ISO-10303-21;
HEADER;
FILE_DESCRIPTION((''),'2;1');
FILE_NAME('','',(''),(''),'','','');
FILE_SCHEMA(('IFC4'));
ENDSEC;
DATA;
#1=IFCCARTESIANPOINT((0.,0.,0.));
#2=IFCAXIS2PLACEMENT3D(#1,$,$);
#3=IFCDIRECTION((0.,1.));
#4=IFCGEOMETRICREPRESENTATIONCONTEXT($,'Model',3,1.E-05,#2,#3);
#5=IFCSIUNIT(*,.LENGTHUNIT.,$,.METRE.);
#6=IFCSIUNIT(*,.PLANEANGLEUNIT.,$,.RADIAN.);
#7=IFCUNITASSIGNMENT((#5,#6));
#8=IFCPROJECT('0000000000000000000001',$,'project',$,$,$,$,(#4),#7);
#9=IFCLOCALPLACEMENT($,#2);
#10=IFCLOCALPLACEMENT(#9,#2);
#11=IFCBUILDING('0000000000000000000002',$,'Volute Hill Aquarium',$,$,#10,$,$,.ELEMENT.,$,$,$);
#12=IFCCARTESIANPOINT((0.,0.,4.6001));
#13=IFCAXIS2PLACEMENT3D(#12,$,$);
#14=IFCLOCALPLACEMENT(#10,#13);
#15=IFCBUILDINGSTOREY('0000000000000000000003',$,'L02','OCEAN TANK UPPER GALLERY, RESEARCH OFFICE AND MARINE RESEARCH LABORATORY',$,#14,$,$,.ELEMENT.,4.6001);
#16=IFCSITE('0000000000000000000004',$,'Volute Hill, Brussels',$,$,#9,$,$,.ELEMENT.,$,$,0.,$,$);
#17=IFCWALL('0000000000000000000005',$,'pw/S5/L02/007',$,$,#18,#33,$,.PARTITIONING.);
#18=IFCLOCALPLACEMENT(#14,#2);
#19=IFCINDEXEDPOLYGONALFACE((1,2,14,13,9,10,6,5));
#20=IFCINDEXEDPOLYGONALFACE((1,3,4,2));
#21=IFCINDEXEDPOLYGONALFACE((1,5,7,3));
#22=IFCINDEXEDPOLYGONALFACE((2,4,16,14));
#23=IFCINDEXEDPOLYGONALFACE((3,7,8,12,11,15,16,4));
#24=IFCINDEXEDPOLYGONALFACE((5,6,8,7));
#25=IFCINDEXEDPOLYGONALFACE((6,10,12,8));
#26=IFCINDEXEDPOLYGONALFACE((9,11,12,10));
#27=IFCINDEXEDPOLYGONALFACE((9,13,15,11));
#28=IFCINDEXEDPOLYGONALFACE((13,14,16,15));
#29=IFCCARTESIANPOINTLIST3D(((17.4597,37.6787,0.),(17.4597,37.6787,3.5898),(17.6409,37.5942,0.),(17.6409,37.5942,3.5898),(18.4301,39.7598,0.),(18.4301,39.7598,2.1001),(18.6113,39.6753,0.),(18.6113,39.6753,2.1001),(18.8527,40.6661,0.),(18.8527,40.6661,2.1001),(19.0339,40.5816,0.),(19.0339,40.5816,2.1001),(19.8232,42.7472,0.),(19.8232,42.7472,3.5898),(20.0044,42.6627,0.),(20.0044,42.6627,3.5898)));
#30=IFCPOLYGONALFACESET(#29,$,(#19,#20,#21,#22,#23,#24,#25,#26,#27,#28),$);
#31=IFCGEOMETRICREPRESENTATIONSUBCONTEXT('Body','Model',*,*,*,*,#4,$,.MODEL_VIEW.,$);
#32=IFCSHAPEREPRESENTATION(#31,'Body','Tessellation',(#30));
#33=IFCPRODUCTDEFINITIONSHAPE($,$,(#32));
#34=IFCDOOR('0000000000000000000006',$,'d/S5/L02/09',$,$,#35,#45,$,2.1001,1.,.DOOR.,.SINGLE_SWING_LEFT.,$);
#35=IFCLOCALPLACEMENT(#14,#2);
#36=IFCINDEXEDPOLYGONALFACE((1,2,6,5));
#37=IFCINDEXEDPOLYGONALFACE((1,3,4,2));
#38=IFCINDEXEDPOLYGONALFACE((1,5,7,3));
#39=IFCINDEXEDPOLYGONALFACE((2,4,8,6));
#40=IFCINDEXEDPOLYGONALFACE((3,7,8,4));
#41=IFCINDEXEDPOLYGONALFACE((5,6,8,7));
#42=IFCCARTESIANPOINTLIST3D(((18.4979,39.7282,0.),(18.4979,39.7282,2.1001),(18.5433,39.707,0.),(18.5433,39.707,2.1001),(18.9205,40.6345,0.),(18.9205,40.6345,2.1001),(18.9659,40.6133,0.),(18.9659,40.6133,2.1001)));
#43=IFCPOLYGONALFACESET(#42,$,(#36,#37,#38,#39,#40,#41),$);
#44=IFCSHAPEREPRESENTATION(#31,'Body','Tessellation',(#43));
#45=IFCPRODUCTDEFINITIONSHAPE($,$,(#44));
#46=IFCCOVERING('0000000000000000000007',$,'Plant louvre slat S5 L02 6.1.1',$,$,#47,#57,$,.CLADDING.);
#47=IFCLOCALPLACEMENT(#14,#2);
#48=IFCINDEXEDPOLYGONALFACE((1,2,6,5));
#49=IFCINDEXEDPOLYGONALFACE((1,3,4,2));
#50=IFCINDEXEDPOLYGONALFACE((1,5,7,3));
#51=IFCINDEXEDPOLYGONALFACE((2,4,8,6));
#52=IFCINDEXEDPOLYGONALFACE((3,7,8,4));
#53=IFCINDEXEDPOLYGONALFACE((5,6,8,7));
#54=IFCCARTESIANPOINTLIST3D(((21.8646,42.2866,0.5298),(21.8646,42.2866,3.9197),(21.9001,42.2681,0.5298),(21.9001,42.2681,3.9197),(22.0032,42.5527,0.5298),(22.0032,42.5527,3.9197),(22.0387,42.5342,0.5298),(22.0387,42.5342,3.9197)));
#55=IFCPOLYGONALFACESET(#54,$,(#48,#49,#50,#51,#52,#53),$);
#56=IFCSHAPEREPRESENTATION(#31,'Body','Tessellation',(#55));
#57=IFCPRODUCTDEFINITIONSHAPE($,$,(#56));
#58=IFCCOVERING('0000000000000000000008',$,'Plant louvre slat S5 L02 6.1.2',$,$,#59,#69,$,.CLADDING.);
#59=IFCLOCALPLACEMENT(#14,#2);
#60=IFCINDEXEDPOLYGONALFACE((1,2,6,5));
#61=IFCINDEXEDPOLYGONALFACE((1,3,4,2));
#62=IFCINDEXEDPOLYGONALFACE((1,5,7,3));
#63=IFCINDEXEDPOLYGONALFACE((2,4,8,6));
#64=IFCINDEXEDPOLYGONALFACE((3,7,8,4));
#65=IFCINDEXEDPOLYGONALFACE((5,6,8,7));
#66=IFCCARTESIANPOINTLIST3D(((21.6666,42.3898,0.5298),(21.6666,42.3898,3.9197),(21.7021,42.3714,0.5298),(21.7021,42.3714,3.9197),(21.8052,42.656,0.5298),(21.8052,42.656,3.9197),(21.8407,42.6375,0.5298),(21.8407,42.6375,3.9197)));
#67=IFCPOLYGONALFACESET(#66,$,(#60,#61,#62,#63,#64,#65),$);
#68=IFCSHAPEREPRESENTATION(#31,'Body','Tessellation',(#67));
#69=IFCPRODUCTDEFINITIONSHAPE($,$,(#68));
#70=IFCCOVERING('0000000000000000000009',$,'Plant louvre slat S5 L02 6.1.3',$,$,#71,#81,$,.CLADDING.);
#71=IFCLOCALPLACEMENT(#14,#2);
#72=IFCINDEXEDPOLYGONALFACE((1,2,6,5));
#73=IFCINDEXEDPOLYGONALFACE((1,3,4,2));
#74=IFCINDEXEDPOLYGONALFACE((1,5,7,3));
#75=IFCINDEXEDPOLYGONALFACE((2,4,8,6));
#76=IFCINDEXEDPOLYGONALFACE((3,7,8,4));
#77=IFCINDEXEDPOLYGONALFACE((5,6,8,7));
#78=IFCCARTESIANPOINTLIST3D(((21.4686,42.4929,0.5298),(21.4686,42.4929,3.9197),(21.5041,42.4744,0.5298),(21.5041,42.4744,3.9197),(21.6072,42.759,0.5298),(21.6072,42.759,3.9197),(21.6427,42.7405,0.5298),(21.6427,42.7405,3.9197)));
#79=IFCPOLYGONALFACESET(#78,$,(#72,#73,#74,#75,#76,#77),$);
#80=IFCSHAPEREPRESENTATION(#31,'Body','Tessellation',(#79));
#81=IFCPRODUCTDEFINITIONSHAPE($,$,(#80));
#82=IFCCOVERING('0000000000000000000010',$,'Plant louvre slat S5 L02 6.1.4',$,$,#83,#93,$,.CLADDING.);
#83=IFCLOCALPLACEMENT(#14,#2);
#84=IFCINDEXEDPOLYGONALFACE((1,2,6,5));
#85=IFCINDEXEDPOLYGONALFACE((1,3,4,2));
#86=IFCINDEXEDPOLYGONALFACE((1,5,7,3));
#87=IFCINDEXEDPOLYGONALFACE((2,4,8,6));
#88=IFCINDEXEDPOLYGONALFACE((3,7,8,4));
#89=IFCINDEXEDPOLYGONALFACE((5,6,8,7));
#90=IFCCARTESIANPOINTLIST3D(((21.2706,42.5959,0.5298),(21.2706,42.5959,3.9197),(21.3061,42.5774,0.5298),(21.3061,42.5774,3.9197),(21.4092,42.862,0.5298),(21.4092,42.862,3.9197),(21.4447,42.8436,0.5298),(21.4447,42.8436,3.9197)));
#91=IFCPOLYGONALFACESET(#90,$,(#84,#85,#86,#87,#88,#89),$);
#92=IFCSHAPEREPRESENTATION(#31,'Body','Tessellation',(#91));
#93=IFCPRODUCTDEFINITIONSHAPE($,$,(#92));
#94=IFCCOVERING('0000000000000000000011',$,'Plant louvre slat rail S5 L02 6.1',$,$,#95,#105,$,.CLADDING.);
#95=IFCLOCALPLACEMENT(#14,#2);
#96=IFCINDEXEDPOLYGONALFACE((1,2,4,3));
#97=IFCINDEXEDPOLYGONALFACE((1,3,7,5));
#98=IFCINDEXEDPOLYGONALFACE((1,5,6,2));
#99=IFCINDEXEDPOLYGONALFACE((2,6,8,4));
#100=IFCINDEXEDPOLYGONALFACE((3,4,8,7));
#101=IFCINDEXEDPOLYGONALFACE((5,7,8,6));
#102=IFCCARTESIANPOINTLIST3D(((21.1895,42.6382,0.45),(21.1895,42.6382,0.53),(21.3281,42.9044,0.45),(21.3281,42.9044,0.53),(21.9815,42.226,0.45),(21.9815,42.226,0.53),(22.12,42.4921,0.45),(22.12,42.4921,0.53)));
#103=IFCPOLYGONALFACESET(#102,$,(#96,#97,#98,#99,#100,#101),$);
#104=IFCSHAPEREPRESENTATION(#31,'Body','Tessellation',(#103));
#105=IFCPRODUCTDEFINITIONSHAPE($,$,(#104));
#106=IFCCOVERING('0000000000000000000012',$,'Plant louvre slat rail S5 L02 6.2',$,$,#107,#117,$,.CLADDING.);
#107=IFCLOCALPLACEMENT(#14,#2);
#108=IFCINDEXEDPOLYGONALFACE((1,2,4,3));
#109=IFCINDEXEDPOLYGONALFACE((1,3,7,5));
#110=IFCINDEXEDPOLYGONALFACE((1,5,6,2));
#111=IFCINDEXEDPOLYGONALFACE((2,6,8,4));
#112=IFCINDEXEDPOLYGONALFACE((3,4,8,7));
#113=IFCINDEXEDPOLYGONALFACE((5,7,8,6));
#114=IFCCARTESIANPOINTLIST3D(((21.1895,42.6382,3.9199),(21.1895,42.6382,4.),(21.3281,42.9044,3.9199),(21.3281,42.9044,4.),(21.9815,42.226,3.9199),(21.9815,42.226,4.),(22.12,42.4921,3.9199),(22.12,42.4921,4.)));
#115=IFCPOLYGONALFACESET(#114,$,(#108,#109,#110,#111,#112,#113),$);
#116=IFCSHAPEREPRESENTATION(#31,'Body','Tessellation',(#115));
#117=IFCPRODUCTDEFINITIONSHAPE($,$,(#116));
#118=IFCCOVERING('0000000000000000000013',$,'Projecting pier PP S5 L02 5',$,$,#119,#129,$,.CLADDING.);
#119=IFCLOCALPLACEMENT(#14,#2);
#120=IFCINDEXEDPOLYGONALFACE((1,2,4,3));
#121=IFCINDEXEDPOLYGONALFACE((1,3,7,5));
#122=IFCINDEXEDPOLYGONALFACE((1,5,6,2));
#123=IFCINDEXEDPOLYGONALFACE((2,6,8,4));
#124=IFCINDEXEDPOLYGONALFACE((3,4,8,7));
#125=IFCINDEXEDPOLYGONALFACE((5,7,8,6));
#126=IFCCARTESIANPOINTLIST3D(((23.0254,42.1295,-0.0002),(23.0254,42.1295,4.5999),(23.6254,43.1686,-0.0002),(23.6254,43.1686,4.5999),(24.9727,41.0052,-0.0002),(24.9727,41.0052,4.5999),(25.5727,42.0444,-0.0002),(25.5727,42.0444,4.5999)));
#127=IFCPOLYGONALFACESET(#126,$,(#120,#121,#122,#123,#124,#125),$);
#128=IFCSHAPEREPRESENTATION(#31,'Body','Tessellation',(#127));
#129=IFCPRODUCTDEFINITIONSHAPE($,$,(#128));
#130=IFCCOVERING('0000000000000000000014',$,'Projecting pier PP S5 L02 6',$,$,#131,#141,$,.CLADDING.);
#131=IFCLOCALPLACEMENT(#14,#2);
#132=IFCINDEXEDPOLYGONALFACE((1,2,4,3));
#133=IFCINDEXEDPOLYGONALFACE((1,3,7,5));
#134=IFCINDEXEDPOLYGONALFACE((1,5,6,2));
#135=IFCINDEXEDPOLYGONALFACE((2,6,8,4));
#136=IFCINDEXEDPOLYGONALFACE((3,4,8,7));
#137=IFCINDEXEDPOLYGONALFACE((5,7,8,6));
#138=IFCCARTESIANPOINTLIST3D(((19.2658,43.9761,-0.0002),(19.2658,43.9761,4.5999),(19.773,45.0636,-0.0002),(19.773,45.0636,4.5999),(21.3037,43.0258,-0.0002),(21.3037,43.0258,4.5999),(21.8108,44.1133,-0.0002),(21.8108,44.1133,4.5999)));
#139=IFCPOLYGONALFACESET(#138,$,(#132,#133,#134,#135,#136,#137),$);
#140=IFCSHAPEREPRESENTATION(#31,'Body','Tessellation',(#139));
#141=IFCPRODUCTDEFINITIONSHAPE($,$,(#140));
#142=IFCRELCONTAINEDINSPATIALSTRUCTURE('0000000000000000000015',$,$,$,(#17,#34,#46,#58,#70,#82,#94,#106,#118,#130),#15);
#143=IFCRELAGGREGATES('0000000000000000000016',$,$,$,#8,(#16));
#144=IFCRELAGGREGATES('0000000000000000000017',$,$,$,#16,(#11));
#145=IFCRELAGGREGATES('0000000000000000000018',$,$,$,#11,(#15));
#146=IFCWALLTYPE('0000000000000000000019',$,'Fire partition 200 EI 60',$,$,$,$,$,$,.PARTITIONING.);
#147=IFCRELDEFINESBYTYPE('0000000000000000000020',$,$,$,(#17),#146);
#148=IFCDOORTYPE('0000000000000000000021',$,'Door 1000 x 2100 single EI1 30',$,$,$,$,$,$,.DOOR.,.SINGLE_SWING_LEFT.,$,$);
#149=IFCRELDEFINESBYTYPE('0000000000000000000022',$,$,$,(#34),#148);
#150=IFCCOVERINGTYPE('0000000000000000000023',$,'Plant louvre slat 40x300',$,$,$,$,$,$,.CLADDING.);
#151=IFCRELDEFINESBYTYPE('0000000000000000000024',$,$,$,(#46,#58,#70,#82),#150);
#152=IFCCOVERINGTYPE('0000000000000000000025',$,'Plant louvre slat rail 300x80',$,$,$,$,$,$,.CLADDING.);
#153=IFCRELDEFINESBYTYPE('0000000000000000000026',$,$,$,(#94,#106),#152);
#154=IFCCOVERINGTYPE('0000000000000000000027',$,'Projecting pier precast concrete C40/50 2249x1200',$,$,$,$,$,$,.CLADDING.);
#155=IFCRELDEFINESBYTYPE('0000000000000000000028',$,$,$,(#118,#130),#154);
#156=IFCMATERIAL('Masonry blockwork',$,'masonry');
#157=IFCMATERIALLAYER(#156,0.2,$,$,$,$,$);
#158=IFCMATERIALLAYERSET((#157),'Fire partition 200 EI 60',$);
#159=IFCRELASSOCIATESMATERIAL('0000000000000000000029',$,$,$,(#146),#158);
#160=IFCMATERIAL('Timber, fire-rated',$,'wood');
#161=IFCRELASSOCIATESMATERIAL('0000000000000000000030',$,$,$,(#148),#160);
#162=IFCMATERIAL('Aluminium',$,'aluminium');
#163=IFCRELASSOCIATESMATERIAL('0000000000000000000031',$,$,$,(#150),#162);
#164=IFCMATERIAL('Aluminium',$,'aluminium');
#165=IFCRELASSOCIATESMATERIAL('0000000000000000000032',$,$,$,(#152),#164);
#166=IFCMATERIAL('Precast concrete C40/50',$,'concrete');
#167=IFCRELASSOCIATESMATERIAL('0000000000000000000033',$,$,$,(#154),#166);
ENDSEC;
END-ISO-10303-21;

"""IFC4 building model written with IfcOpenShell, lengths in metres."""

from ifc_helpers import new_model, si_unit, direction, frame, frame_2d, origin, origin_2d, place, context, subcontext, project, spatial, rectangle, extrude, material, layer, layer_set, type_object, element, fill, save


model = new_model("IFC4")

# Units and contexts
model_context = context("Model", 3, precision=1e-05, world=origin(), true_north=direction((0.0, 1.0)))
body_context = subcontext(model_context, "Body", "Model", "MODEL_VIEW")
ifc_project = project(units=[si_unit("LENGTHUNIT", "METRE"), si_unit("PLANEANGLEUNIT", "RADIAN")], contexts=[model_context])

# Site, building, storey
site_placement = place(None, origin())
site = spatial("IfcSite", under=ifc_project, at=site_placement, Name="Volute Hill, Brussels", CompositionType="ELEMENT", RefElevation=0.0)
building_placement = place(site_placement, origin())
building = spatial("IfcBuilding", under=site, at=building_placement, Name="Volute Hill Aquarium", CompositionType="ELEMENT")
storey_placement = place(building_placement, frame((0.0, 0.0, 4.6001)))
storey = spatial("IfcBuildingStorey", under=building, at=storey_placement, Name="L02", Description="OCEAN TANK UPPER GALLERY, RESEARCH OFFICE AND MARINE RESEARCH LABORATORY", CompositionType="ELEMENT", Elevation=4.6001)

# Wall, opening, door
ifc_material_1 = material(Name="Masonry blockwork", Category="masonry")
ifc_layer_1 = layer(ifc_material_1, 0.2)
ifc_layer_set_1 = layer_set([ifc_layer_1], Name="Fire partition 200 EI 60")
wall_type = type_object("IfcWallType", Name="Fire partition 200 EI 60", PredefinedType="PARTITIONING", material=ifc_layer_set_1)
wall_placement = place(storey_placement, frame((19.9138, 42.7051, 0.0), z_axis=(0.0, 0.0, 1.0), x_axis=(-0.422618, -0.906308, 0.0)))
wall = element("IfcWall", 1, at=wall_placement, inside=storey, type_object=wall_type, Name="pw/S5/L02/007", PredefinedType="PARTITIONING", context=body_context, shape_type="SweptSolid", body=[
    extrude(rectangle(XDim=5.5925, YDim=0.2, at=frame_2d((2.7964, 0.0))), origin(), (0.0, 0.0, 1.0), 3.5898),
])
opening_placement = place(wall_placement, frame((2.2964, 0.0, 0.0)))
opening = element("IfcOpeningElement", 2, at=opening_placement, cuts=wall, PredefinedType="OPENING", context=body_context, shape_type="SweptSolid", body=[
    extrude(rectangle(XDim=1.0, YDim=2.1001, at=frame_2d((0.5, 1.05))), frame((0.0, 0.1099, 0.0), z_axis=(0.0, -1.0, 0.0), x_axis=(1.0, 0.0, 0.0)), (0.0, 0.0, 1.0), 0.22),
])
ifc_material_2 = material(Name="Timber, fire-rated", Category="wood")
door_type = type_object("IfcDoorType", Name="Door 1000 x 2100 single EI1 30", OperationType="SINGLE_SWING_LEFT", PredefinedType="DOOR", material=ifc_material_2)
door_placement = place(opening_placement, origin())
door = element("IfcDoor", 3, at=door_placement, inside=storey, type_object=door_type, Name="d/S5/L02/09", OperationType="SINGLE_SWING_LEFT", OverallHeight=2.1001, OverallWidth=1.0, PredefinedType="DOOR", context=body_context, shape_type="SweptSolid", body=[
    extrude(rectangle(XDim=1.0, YDim=2.1001, at=frame_2d((0.5, 1.05))), frame((0.0, 0.0249, 0.0), z_axis=(0.0, -1.0, 0.0), x_axis=(1.0, 0.0, 0.0)), (0.0, 0.0, 1.0), 0.05),
])
fill(opening, door)

# Coverings
ifc_material_3 = material(Name="Aluminium", Category="aluminium")
covering_type_1 = type_object("IfcCoveringType", Name="Plant louvre slat 40x300", PredefinedType="CLADDING", material=ifc_material_3)
for number, where, z_axis, x_axis, name in (
    (4, (21.9517, 42.4104, 0.5298), (0.0, 0.0, 1.0), (-0.887007, 0.461757, 0.0), "Plant louvre slat S5 L02 6.1.1"),
    (5, (21.7537, 42.5137, 0.5298), (0.0, 0.0, 1.0), (-0.887007, 0.461757, 0.0), "Plant louvre slat S5 L02 6.1.2"),
    (6, (21.5557, 42.6167, 0.5298), (0.0, 0.0, 1.0), (-0.887007, 0.461757, 0.0), "Plant louvre slat S5 L02 6.1.3"),
    (7, (21.3577, 42.7197, 0.5298), (0.0, 0.0, 1.0), (-0.887007, 0.461757, 0.0), "Plant louvre slat S5 L02 6.1.4"),
):
    element("IfcCovering", number, at=place(storey_placement, frame(where, z_axis=z_axis, x_axis=x_axis)), inside=storey, type_object=covering_type_1, Name=name, PredefinedType="CLADDING", context=body_context, shape_type="SweptSolid", body=[
        extrude(rectangle(XDim=0.04, YDim=0.3, at=origin_2d()), origin(), (0.0, 0.0, 1.0), 3.3899),
    ])
ifc_material_4 = material(Name="Aluminium", Category="aluminium")
covering_type_2 = type_object("IfcCoveringType", Name="Plant louvre slat rail 300x80", PredefinedType="CLADDING", material=ifc_material_4)
for number, where, z_axis, x_axis, name in (
    (8, (21.6548, 42.5652, 0.45), (0.0, 0.0, 1.0), (-0.887007, 0.461757, 0.0), "Plant louvre slat rail S5 L02 6.1"),
    (9, (21.6548, 42.5652, 3.9199), (0.0, 0.0, 1.0), (-0.887007, 0.461757, 0.0), "Plant louvre slat rail S5 L02 6.2"),
):
    element("IfcCovering", number, at=place(storey_placement, frame(where, z_axis=z_axis, x_axis=x_axis)), inside=storey, type_object=covering_type_2, Name=name, PredefinedType="CLADDING", context=body_context, shape_type="SweptSolid", body=[
        extrude(rectangle(XDim=0.8928, YDim=0.3, at=origin_2d()), origin(), (0.0, 0.0, 1.0), 0.0801),
    ])
ifc_material_5 = material(Name="Precast concrete C40/50", Category="concrete")
covering_type_3 = type_object("IfcCoveringType", Name="Projecting pier precast concrete C40/50 2249x1200", PredefinedType="CLADDING", material=ifc_material_5)
for number, where, z_axis, x_axis, name in (
    (10, (24.2991, 42.0869, -0.0002), (0.0, 0.0, 1.0), (-0.866025, 0.5, 0.0), "Projecting pier PP S5 L02 5"),
    (11, (20.5383, 44.0447, -0.0002), (0.0, 0.0, 1.0), (-0.906308, 0.422618, 0.0), "Projecting pier PP S5 L02 6"),
):
    element("IfcCovering", number, at=place(storey_placement, frame(where, z_axis=z_axis, x_axis=x_axis)), inside=storey, type_object=covering_type_3, Name=name, PredefinedType="CLADDING", context=body_context, shape_type="SweptSolid", body=[
        extrude(rectangle(XDim=2.2485, YDim=1.2, at=origin_2d()), origin(), (0.0, 0.0, 1.0), 4.6001),
    ])

save(model, "model.ifc")
